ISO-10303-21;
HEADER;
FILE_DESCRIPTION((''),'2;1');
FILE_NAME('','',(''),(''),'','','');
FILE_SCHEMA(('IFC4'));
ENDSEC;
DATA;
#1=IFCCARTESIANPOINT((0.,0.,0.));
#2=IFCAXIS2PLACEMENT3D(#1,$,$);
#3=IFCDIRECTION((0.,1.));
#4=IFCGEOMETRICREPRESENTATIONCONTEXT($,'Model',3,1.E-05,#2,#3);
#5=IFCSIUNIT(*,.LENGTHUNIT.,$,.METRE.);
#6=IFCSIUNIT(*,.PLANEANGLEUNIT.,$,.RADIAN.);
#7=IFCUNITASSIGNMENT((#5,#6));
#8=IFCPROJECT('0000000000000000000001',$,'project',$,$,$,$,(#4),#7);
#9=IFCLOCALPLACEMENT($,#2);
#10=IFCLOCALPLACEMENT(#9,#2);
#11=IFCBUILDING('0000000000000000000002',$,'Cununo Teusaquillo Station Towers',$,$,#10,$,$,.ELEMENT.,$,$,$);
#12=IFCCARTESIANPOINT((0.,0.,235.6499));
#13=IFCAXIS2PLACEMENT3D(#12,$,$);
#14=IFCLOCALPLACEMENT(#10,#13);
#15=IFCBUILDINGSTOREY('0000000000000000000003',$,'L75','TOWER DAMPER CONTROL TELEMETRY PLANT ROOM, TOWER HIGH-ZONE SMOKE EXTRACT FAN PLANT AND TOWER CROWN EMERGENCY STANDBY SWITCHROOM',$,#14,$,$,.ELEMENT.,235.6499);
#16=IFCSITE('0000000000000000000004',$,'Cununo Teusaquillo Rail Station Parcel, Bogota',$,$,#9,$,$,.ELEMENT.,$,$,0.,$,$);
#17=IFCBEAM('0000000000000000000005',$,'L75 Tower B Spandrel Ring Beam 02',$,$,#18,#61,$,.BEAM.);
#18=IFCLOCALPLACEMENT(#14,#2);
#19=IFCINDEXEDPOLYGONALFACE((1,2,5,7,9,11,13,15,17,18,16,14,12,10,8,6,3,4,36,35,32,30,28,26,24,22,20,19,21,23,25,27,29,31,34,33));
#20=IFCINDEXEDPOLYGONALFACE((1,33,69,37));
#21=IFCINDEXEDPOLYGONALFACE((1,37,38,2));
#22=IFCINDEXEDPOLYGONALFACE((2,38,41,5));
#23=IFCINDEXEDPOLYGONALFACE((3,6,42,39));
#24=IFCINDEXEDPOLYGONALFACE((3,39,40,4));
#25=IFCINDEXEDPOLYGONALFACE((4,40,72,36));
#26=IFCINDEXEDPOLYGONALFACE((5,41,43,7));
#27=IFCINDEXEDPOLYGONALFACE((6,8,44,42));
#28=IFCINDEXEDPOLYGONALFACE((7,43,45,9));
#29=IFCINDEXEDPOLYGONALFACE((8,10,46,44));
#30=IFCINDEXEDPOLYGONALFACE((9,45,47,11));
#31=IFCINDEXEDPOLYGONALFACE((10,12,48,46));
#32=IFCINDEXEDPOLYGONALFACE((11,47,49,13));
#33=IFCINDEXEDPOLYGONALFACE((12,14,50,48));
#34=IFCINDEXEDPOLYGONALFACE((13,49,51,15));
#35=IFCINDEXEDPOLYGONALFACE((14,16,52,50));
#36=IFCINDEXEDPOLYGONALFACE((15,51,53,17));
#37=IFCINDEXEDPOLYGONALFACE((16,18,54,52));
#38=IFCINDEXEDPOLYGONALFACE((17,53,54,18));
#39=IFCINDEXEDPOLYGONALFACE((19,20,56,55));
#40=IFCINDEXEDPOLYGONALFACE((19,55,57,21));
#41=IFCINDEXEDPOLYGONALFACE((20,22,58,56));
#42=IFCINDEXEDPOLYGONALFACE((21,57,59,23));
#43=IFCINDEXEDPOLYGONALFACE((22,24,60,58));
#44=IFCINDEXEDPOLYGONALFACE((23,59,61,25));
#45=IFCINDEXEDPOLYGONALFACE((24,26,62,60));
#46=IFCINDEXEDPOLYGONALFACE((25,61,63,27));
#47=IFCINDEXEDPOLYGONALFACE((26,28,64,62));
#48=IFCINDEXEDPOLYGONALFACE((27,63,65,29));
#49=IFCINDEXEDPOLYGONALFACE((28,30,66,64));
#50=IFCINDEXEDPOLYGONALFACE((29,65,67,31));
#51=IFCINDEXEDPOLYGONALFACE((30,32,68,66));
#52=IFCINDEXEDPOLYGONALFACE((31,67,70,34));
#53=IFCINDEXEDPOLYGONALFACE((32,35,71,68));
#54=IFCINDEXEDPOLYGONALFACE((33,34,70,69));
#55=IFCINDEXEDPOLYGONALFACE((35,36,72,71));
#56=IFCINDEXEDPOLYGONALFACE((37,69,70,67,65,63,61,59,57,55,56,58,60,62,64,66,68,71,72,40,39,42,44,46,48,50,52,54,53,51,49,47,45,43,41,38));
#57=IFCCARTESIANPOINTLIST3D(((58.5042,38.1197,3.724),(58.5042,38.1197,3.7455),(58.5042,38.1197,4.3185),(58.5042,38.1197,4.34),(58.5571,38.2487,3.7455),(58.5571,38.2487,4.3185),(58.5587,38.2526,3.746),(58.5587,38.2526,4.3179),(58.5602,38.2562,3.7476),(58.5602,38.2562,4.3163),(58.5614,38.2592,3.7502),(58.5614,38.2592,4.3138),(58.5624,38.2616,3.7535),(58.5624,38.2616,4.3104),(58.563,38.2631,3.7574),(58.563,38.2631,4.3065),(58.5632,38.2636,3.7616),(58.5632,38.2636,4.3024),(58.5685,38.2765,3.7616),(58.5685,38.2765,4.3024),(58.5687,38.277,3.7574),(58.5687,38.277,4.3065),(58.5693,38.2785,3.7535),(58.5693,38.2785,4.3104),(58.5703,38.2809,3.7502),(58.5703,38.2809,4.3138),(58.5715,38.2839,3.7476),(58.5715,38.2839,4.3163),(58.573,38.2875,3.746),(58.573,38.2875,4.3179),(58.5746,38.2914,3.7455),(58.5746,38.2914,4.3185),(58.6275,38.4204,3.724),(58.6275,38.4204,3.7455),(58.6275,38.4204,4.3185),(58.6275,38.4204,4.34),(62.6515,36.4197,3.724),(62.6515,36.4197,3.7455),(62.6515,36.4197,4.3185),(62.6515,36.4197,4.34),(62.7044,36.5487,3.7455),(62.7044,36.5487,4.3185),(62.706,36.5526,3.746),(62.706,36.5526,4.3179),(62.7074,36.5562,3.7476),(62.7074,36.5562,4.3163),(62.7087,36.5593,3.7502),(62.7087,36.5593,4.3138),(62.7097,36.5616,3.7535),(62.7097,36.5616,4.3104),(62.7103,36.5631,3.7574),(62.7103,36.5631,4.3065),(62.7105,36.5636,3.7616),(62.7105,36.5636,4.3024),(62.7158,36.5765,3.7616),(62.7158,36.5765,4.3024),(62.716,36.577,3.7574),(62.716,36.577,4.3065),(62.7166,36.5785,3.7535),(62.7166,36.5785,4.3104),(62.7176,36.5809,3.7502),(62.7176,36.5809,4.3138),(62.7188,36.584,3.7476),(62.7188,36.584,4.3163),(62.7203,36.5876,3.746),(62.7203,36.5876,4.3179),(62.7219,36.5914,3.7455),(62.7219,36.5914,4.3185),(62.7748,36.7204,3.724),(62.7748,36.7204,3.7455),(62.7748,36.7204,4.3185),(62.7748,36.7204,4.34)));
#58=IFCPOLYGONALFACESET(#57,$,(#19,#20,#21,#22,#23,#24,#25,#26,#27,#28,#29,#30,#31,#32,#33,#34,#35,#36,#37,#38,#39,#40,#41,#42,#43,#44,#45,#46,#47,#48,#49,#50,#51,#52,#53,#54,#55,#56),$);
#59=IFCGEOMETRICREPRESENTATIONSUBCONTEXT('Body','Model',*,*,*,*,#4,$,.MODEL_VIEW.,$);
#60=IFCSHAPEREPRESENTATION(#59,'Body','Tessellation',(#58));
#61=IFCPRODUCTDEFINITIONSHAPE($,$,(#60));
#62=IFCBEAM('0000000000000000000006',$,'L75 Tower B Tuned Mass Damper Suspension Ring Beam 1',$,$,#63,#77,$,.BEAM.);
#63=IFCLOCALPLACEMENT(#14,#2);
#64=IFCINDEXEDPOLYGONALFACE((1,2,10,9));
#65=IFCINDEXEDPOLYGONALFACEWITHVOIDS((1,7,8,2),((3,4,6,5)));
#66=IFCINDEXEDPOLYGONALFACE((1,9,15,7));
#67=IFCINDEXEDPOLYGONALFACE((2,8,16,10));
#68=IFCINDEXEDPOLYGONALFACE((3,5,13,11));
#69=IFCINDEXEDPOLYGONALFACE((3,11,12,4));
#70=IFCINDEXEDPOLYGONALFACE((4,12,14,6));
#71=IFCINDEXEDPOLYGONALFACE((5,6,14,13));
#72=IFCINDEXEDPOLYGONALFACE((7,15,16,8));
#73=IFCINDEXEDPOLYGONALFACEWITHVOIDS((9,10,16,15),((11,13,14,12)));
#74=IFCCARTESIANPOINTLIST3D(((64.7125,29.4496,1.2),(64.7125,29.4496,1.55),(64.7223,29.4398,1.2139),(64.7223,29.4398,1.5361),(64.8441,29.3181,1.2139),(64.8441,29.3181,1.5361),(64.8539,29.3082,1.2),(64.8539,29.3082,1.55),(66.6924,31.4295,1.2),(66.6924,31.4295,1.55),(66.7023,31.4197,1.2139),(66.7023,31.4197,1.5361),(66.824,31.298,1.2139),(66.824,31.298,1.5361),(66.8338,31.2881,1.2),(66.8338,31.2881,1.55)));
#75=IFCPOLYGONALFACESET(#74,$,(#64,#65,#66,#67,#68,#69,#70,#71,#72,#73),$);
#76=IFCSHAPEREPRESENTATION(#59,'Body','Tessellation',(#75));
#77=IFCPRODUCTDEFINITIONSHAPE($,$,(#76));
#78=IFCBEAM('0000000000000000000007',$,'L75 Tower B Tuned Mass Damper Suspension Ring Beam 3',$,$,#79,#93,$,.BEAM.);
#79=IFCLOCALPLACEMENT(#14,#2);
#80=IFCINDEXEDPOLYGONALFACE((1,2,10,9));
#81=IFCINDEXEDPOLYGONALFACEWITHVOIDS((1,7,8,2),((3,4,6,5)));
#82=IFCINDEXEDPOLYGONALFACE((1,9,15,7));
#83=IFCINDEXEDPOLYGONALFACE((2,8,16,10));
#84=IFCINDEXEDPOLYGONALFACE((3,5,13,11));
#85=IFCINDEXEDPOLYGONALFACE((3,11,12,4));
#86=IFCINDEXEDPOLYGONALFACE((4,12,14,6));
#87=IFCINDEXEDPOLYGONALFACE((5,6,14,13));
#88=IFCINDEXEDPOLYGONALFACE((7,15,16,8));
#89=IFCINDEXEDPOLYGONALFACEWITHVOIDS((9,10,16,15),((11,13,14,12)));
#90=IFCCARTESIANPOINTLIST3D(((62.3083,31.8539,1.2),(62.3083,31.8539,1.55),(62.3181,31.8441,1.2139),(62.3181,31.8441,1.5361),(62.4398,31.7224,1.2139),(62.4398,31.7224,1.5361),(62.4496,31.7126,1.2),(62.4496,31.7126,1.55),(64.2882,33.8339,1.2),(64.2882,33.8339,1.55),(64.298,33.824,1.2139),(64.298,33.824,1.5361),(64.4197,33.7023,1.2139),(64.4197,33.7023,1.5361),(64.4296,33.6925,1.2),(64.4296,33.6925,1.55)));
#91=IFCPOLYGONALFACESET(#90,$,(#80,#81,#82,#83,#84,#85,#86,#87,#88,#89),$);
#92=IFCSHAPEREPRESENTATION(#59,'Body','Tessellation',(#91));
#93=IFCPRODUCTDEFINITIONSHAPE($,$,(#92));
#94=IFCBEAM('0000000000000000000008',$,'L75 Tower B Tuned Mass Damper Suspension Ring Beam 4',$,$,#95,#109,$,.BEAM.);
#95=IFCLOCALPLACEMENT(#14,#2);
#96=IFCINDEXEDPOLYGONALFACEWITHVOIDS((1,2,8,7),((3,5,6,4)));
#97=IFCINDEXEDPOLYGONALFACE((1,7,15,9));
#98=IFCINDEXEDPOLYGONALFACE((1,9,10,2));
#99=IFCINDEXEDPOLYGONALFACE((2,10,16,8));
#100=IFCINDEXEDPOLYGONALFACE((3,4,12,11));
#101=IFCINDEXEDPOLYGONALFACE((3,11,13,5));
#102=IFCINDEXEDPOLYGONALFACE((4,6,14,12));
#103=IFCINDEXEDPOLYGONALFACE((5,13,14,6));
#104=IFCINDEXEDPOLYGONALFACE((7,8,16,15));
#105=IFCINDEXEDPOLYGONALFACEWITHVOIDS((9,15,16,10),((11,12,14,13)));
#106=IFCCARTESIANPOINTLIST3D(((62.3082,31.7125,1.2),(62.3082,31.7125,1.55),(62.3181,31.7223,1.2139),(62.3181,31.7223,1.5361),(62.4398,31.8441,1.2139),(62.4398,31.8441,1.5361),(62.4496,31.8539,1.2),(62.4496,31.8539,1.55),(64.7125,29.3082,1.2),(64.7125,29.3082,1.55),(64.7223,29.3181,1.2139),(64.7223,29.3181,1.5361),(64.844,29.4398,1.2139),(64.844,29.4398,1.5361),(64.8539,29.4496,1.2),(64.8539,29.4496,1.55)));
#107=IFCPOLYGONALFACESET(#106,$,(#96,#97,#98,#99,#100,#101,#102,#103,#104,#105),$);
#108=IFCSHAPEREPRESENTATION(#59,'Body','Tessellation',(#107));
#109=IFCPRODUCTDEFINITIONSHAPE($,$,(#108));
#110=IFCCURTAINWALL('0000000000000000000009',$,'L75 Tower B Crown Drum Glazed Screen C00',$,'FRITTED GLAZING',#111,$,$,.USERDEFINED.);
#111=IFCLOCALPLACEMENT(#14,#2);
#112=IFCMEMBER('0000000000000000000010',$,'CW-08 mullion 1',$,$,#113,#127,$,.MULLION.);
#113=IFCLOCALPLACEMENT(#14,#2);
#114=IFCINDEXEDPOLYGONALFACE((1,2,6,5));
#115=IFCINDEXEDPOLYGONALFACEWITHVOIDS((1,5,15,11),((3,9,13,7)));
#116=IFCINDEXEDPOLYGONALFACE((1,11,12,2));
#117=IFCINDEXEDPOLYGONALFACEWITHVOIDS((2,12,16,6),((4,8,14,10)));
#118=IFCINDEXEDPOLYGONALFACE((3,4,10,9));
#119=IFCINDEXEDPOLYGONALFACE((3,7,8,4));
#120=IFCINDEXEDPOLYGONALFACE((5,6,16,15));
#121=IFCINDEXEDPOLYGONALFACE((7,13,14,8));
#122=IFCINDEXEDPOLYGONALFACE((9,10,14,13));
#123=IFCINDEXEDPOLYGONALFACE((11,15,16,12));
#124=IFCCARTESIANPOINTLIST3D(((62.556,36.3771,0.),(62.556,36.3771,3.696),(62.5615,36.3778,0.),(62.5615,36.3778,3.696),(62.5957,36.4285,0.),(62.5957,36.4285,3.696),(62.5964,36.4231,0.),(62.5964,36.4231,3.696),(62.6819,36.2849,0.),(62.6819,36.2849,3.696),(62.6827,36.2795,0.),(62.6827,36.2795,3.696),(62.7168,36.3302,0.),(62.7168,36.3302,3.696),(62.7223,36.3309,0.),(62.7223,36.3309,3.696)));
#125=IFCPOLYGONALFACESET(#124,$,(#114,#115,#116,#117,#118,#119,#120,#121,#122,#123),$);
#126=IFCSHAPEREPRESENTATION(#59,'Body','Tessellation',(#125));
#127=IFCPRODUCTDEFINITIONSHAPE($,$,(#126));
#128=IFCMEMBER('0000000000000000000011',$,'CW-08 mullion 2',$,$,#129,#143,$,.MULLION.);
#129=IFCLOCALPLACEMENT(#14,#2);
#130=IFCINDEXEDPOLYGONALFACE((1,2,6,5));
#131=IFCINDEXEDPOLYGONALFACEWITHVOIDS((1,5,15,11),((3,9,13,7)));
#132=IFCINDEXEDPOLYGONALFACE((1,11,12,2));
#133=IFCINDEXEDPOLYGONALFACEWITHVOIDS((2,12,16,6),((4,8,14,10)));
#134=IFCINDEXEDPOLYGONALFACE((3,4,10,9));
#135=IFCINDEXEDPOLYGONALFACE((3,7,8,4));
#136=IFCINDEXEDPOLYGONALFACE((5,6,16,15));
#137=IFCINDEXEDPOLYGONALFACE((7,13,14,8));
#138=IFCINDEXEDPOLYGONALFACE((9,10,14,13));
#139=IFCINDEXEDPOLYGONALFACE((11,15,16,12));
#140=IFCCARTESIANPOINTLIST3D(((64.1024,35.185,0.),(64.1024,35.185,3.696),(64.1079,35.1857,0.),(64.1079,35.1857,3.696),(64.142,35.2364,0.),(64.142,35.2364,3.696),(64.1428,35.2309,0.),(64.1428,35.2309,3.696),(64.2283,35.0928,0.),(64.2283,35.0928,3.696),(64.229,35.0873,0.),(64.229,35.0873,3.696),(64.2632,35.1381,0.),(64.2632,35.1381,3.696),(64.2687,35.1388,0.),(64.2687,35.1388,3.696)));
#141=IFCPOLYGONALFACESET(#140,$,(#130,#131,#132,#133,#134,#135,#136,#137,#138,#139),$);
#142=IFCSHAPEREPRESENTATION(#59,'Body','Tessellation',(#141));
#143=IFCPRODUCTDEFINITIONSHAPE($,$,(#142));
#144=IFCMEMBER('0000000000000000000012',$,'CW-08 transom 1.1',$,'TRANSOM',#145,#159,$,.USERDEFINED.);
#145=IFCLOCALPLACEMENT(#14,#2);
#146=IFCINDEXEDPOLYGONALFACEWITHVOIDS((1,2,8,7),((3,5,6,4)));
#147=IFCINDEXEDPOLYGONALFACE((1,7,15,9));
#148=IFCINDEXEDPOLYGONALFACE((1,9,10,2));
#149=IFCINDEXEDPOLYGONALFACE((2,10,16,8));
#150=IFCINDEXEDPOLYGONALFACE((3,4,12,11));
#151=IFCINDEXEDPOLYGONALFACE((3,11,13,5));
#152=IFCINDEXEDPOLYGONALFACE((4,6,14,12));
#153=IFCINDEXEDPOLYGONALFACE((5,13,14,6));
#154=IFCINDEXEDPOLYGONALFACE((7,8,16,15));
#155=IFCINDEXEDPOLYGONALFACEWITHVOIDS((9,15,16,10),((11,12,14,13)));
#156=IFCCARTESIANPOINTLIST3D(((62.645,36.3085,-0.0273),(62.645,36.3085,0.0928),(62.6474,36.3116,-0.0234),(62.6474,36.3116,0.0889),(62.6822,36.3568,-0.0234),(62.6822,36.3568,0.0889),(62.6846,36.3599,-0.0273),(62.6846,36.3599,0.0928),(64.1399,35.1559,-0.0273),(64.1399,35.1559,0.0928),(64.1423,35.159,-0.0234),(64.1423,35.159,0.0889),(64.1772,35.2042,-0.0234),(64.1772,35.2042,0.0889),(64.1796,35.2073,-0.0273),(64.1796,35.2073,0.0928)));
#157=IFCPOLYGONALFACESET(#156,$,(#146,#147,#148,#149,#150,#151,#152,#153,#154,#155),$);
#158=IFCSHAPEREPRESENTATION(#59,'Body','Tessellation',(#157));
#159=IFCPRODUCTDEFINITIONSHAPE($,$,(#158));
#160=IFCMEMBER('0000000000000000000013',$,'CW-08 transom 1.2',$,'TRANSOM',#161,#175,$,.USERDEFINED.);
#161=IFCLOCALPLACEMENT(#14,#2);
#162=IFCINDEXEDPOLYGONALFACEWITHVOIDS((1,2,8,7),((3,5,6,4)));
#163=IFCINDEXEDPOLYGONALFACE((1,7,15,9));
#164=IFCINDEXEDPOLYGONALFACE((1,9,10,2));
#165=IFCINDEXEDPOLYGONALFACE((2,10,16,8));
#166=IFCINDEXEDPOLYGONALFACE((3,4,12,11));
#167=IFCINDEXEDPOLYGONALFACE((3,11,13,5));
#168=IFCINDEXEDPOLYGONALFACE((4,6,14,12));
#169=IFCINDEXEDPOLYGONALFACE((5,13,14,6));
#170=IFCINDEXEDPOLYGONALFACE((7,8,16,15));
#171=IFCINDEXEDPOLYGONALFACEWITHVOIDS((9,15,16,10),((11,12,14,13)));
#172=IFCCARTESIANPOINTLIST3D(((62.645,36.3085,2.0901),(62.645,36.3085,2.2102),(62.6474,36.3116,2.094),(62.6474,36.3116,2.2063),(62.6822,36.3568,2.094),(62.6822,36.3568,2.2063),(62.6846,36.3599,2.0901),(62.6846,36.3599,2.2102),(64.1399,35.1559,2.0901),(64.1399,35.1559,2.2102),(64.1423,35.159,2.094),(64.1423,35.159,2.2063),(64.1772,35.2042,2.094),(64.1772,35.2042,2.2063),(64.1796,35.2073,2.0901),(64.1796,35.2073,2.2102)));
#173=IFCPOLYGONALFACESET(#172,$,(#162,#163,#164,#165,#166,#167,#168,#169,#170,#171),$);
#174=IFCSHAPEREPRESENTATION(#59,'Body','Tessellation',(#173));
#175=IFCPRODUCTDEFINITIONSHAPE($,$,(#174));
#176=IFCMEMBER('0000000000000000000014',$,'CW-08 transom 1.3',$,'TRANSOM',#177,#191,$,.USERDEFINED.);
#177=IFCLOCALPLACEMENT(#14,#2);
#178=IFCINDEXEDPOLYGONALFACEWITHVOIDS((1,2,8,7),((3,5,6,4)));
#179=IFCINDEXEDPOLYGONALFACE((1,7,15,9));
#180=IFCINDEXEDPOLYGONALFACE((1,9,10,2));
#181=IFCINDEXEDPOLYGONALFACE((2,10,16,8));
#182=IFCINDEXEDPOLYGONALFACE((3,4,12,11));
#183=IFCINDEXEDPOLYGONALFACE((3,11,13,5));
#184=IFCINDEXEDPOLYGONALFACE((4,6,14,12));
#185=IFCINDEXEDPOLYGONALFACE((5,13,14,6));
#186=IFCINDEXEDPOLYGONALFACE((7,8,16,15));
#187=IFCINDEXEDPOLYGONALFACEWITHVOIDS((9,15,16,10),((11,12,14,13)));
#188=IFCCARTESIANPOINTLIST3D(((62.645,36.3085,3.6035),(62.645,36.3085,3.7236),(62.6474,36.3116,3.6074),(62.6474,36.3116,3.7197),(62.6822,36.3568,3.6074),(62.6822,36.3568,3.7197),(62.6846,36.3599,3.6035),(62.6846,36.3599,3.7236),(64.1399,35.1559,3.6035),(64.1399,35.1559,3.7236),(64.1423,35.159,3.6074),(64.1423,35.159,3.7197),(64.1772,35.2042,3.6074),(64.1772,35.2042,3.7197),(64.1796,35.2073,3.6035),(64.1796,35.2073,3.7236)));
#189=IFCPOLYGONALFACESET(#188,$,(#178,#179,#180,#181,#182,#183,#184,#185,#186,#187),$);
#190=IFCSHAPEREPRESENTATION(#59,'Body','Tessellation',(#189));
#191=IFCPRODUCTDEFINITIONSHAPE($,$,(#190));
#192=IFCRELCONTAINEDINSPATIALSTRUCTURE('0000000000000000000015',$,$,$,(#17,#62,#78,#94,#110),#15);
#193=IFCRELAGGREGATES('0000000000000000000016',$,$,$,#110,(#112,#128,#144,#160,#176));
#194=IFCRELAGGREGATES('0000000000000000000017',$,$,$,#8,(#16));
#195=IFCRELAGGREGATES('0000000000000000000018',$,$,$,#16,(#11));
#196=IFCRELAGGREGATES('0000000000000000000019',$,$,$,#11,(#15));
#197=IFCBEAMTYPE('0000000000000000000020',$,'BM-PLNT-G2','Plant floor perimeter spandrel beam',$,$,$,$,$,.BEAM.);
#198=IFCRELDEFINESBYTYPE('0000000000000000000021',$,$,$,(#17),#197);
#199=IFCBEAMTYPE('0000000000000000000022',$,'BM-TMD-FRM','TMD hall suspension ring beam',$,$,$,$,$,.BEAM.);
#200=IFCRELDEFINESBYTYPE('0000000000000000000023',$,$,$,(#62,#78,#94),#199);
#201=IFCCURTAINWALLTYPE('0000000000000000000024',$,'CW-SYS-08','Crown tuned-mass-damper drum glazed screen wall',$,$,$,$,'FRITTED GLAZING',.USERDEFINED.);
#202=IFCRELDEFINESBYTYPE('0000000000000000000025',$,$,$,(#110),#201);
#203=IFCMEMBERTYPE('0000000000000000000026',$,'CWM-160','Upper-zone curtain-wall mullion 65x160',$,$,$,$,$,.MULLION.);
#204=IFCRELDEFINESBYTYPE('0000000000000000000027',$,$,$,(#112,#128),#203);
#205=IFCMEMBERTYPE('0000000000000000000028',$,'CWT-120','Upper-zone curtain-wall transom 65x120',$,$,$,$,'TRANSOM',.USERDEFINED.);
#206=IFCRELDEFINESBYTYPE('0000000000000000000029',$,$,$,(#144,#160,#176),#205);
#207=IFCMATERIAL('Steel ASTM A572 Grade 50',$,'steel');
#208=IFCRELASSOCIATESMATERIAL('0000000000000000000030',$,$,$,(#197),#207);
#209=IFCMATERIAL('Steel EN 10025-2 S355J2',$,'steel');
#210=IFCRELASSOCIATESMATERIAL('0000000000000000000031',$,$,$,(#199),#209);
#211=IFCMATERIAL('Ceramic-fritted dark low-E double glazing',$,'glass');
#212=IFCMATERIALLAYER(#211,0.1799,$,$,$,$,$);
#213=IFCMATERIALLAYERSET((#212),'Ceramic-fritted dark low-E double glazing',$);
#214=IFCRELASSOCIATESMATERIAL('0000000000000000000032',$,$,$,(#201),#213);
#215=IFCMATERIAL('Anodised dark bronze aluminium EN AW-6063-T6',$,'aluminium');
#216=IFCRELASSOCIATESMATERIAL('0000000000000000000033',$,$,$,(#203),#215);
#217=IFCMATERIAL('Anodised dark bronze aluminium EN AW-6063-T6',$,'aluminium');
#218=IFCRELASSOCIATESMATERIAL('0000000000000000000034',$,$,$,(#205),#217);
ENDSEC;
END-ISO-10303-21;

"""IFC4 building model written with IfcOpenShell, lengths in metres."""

from ifc_helpers import new_model, si_unit, direction, frame, origin, origin_2d, place, context, subcontext, project, spatial, hollow_rectangle, i_section, extrude, material, layer, layer_set, material_profile, profile_set, type_object, element, aggregate, save


model = new_model("IFC4")

# Units and contexts
model_context = context("Model", 3, precision=1e-05, world=origin(), true_north=direction((0.0, 1.0)))
body_context = subcontext(model_context, "Body", "Model", "MODEL_VIEW")
ifc_project = project(units=[si_unit("LENGTHUNIT", "METRE"), si_unit("PLANEANGLEUNIT", "RADIAN")], contexts=[model_context])

# Site, building, storey
site_placement = place(None, origin())
site = spatial("IfcSite", under=ifc_project, at=site_placement, Name="Cununo Teusaquillo Rail Station Parcel, Bogota", CompositionType="ELEMENT", RefElevation=0.0)
building_placement = place(site_placement, origin())
building = spatial("IfcBuilding", under=site, at=building_placement, Name="Cununo Teusaquillo Station Towers", CompositionType="ELEMENT")
storey_placement = place(building_placement, frame((0.0, 0.0, 235.6499)))
storey = spatial("IfcBuildingStorey", under=building, at=storey_placement, Name="L75", Description="TOWER DAMPER CONTROL TELEMETRY PLANT ROOM, TOWER HIGH-ZONE SMOKE EXTRACT FAN PLANT AND TOWER CROWN EMERGENCY STANDBY SWITCHROOM", CompositionType="ELEMENT", Elevation=235.6499)

# Beams
ifc_material_1 = material(Name="Steel ASTM A572 Grade 50", Category="steel")
ifc_material_profile_1 = material_profile(ifc_material_1, i_section(OverallWidth=0.325, OverallDepth=0.616, WebThickness=0.0139, FlangeThickness=0.0215, FilletRadius=0.0161, at=origin_2d()), Name="W24X117")
ifc_profile_set_1 = profile_set([ifc_material_profile_1], Name="Steel ASTM A572 Grade 50")
beam_type_1 = type_object("IfcBeamType", Name="BM-PLNT-G2", Description="Plant floor perimeter spandrel beam", PredefinedType="BEAM", material=ifc_profile_set_1)
beam_1_placement = place(storey_placement, frame((62.7131, 36.5701, 4.032), z_axis=(-0.925284, 0.379275, 0.0), x_axis=(-0.379275, -0.925284, 0.0)))
element("IfcBeam", 1, at=beam_1_placement, inside=storey, type_object=beam_type_1, Name="L75 Tower B Spandrel Ring Beam 02", PredefinedType="BEAM", context=body_context, shape_type="SweptSolid", body=[
    extrude(i_section(OverallWidth=0.325, OverallDepth=0.616, WebThickness=0.0139, FlangeThickness=0.0215, FilletRadius=0.0161, at=origin_2d()), origin(), (0.0, 0.0, 1.0), 4.4822),
])
ifc_material_2 = material(Name="Steel EN 10025-2 S355J2", Category="steel")
ifc_material_profile_2 = material_profile(ifc_material_2, hollow_rectangle(XDim=0.2, YDim=0.3501, WallThickness=0.0139, at=origin_2d()), Name="RHS 350x200x14")
ifc_profile_set_2 = profile_set([ifc_material_profile_2], Name="Steel EN 10025-2 S355J2")
beam_type_2 = type_object("IfcBeamType", Name="BM-TMD-FRM", Description="TMD hall suspension ring beam", PredefinedType="BEAM", material=ifc_profile_set_2)
for number, where, z_axis, x_axis, name in (
    (2, (64.7832, 29.3789, 1.375), (0.707107, 0.707107, 0.0), (-0.707107, 0.707107, 0.0), "L75 Tower B Tuned Mass Damper Suspension Ring Beam 1"),
    (3, (64.3589, 33.7632, 1.375), (-0.707107, -0.707107, 0.0), (0.707107, -0.707107, 0.0), "L75 Tower B Tuned Mass Damper Suspension Ring Beam 3"),
):
    element("IfcBeam", number, at=place(storey_placement, frame(where, z_axis=z_axis, x_axis=x_axis)), inside=storey, type_object=beam_type_2, Name=name, PredefinedType="BEAM", context=body_context, shape_type="SweptSolid", body=[
        extrude(hollow_rectangle(XDim=0.2, YDim=0.3501, WallThickness=0.0139, at=origin_2d()), origin(), (0.0, 0.0, 1.0), 2.8),
    ])
beam_2_placement = place(storey_placement, frame((62.3789, 31.7832, 1.375), z_axis=(0.707107, -0.707107, 0.0), x_axis=(0.707107, 0.707107, 0.0)))
element("IfcBeam", 4, at=beam_2_placement, inside=storey, type_object=beam_type_2, Name="L75 Tower B Tuned Mass Damper Suspension Ring Beam 4", PredefinedType="BEAM", context=body_context, shape_type="SweptSolid", body=[
    extrude(hollow_rectangle(XDim=0.2, YDim=0.3501, WallThickness=0.0139, at=origin_2d()), origin(), (0.0, 0.0, 1.0), 3.4001),
])

# Curtain wall, members
ifc_material_3 = material(Name="Ceramic-fritted dark low-E double glazing", Category="glass")
ifc_layer_1 = layer(ifc_material_3, 0.1799)
ifc_layer_set_1 = layer_set([ifc_layer_1], Name="Ceramic-fritted dark low-E double glazing")
curtain_wall_type = type_object("IfcCurtainWallType", Name="CW-SYS-08", Description="Crown tuned-mass-damper drum glazed screen wall", ElementType="FRITTED GLAZING", PredefinedType="USERDEFINED", material=ifc_layer_set_1)
curtain_wall_placement = place(storey_placement, origin())
curtain_wall = element("IfcCurtainWall", 5, at=curtain_wall_placement, inside=storey, type_object=curtain_wall_type, Name="L75 Tower B Crown Drum Glazed Screen C00", ObjectType="FRITTED GLAZING", PredefinedType="USERDEFINED")
ifc_material_4 = material(Name="Anodised dark bronze aluminium EN AW-6063-T6", Category="aluminium")
ifc_material_profile_3 = material_profile(ifc_material_4, hollow_rectangle(XDim=0.0649, YDim=0.1599, WallThickness=0.0039, at=origin_2d()), Name="CW-MULL-65x160")
ifc_profile_set_3 = profile_set([ifc_material_profile_3], Name="Anodised dark bronze aluminium EN AW-6063-T6")
member_type_1 = type_object("IfcMemberType", Name="CWM-160", Description="Upper-zone curtain-wall mullion 65x160", PredefinedType="MULLION", material=ifc_profile_set_3)
member_1_placement = place(storey_placement, frame((62.6392, 36.354, 0.0), z_axis=(0.0, 0.0, 1.0), x_axis=(0.610566, 0.791965, 0.0)))
member_1 = element("IfcMember", 6, at=member_1_placement, type_object=member_type_1, Name="CW-08 mullion 1", PredefinedType="MULLION", context=body_context, shape_type="SweptSolid", body=[
    extrude(hollow_rectangle(XDim=0.0649, YDim=0.1599, WallThickness=0.0039, at=origin_2d()), origin(), (0.0, 0.0, 1.0), 3.696),
])
member_2_placement = place(storey_placement, frame((64.1855, 35.1619, 0.0), z_axis=(0.0, 0.0, 1.0), x_axis=(0.610566, 0.791965, 0.0)))
member_2 = element("IfcMember", 7, at=member_2_placement, type_object=member_type_1, Name="CW-08 mullion 2", PredefinedType="MULLION", context=body_context, shape_type="SweptSolid", body=[
    extrude(hollow_rectangle(XDim=0.0649, YDim=0.1599, WallThickness=0.0039, at=origin_2d()), origin(), (0.0, 0.0, 1.0), 3.696),
])
ifc_material_5 = material(Name="Anodised dark bronze aluminium EN AW-6063-T6", Category="aluminium")
ifc_material_profile_4 = material_profile(ifc_material_5, hollow_rectangle(XDim=0.0649, YDim=0.1201, WallThickness=0.0039, at=origin_2d()), Name="CW-TRAN-65x120")
ifc_profile_set_4 = profile_set([ifc_material_profile_4], Name="Anodised dark bronze aluminium EN AW-6063-T6")
member_type_2 = type_object("IfcMemberType", Name="CWT-120", Description="Upper-zone curtain-wall transom 65x120", ElementType="TRANSOM", PredefinedType="USERDEFINED", material=ifc_profile_set_4)
member_3_placement = place(storey_placement, frame((62.6648, 36.3342, 0.0327), z_axis=(0.791936, -0.610604, 0.0), x_axis=(0.610604, 0.791936, 0.0)))
member_3 = element("IfcMember", 8, at=member_3_placement, type_object=member_type_2, Name="CW-08 transom 1.1", ObjectType="TRANSOM", PredefinedType="USERDEFINED", context=body_context, shape_type="SweptSolid", body=[
    extrude(hollow_rectangle(XDim=0.0649, YDim=0.1201, WallThickness=0.0039, at=origin_2d()), origin(), (0.0, 0.0, 1.0), 1.8877),
])
member_4_placement = place(storey_placement, frame((62.6648, 36.3342, 2.1501), z_axis=(0.791936, -0.610604, 0.0), x_axis=(0.610604, 0.791936, 0.0)))
member_4 = element("IfcMember", 9, at=member_4_placement, type_object=member_type_2, Name="CW-08 transom 1.2", ObjectType="TRANSOM", PredefinedType="USERDEFINED", context=body_context, shape_type="SweptSolid", body=[
    extrude(hollow_rectangle(XDim=0.0649, YDim=0.1201, WallThickness=0.0039, at=origin_2d()), origin(), (0.0, 0.0, 1.0), 1.8877),
])
member_5_placement = place(storey_placement, frame((62.6648, 36.3342, 3.6636), z_axis=(0.791936, -0.610604, 0.0), x_axis=(0.610604, 0.791936, 0.0)))
member_5 = element("IfcMember", 10, at=member_5_placement, type_object=member_type_2, Name="CW-08 transom 1.3", ObjectType="TRANSOM", PredefinedType="USERDEFINED", context=body_context, shape_type="SweptSolid", body=[
    extrude(hollow_rectangle(XDim=0.0649, YDim=0.1201, WallThickness=0.0039, at=origin_2d()), origin(), (0.0, 0.0, 1.0), 1.8877),
])

aggregate(curtain_wall, [member_1, member_2, member_3, member_4, member_5])

save(model, "model.ifc")
